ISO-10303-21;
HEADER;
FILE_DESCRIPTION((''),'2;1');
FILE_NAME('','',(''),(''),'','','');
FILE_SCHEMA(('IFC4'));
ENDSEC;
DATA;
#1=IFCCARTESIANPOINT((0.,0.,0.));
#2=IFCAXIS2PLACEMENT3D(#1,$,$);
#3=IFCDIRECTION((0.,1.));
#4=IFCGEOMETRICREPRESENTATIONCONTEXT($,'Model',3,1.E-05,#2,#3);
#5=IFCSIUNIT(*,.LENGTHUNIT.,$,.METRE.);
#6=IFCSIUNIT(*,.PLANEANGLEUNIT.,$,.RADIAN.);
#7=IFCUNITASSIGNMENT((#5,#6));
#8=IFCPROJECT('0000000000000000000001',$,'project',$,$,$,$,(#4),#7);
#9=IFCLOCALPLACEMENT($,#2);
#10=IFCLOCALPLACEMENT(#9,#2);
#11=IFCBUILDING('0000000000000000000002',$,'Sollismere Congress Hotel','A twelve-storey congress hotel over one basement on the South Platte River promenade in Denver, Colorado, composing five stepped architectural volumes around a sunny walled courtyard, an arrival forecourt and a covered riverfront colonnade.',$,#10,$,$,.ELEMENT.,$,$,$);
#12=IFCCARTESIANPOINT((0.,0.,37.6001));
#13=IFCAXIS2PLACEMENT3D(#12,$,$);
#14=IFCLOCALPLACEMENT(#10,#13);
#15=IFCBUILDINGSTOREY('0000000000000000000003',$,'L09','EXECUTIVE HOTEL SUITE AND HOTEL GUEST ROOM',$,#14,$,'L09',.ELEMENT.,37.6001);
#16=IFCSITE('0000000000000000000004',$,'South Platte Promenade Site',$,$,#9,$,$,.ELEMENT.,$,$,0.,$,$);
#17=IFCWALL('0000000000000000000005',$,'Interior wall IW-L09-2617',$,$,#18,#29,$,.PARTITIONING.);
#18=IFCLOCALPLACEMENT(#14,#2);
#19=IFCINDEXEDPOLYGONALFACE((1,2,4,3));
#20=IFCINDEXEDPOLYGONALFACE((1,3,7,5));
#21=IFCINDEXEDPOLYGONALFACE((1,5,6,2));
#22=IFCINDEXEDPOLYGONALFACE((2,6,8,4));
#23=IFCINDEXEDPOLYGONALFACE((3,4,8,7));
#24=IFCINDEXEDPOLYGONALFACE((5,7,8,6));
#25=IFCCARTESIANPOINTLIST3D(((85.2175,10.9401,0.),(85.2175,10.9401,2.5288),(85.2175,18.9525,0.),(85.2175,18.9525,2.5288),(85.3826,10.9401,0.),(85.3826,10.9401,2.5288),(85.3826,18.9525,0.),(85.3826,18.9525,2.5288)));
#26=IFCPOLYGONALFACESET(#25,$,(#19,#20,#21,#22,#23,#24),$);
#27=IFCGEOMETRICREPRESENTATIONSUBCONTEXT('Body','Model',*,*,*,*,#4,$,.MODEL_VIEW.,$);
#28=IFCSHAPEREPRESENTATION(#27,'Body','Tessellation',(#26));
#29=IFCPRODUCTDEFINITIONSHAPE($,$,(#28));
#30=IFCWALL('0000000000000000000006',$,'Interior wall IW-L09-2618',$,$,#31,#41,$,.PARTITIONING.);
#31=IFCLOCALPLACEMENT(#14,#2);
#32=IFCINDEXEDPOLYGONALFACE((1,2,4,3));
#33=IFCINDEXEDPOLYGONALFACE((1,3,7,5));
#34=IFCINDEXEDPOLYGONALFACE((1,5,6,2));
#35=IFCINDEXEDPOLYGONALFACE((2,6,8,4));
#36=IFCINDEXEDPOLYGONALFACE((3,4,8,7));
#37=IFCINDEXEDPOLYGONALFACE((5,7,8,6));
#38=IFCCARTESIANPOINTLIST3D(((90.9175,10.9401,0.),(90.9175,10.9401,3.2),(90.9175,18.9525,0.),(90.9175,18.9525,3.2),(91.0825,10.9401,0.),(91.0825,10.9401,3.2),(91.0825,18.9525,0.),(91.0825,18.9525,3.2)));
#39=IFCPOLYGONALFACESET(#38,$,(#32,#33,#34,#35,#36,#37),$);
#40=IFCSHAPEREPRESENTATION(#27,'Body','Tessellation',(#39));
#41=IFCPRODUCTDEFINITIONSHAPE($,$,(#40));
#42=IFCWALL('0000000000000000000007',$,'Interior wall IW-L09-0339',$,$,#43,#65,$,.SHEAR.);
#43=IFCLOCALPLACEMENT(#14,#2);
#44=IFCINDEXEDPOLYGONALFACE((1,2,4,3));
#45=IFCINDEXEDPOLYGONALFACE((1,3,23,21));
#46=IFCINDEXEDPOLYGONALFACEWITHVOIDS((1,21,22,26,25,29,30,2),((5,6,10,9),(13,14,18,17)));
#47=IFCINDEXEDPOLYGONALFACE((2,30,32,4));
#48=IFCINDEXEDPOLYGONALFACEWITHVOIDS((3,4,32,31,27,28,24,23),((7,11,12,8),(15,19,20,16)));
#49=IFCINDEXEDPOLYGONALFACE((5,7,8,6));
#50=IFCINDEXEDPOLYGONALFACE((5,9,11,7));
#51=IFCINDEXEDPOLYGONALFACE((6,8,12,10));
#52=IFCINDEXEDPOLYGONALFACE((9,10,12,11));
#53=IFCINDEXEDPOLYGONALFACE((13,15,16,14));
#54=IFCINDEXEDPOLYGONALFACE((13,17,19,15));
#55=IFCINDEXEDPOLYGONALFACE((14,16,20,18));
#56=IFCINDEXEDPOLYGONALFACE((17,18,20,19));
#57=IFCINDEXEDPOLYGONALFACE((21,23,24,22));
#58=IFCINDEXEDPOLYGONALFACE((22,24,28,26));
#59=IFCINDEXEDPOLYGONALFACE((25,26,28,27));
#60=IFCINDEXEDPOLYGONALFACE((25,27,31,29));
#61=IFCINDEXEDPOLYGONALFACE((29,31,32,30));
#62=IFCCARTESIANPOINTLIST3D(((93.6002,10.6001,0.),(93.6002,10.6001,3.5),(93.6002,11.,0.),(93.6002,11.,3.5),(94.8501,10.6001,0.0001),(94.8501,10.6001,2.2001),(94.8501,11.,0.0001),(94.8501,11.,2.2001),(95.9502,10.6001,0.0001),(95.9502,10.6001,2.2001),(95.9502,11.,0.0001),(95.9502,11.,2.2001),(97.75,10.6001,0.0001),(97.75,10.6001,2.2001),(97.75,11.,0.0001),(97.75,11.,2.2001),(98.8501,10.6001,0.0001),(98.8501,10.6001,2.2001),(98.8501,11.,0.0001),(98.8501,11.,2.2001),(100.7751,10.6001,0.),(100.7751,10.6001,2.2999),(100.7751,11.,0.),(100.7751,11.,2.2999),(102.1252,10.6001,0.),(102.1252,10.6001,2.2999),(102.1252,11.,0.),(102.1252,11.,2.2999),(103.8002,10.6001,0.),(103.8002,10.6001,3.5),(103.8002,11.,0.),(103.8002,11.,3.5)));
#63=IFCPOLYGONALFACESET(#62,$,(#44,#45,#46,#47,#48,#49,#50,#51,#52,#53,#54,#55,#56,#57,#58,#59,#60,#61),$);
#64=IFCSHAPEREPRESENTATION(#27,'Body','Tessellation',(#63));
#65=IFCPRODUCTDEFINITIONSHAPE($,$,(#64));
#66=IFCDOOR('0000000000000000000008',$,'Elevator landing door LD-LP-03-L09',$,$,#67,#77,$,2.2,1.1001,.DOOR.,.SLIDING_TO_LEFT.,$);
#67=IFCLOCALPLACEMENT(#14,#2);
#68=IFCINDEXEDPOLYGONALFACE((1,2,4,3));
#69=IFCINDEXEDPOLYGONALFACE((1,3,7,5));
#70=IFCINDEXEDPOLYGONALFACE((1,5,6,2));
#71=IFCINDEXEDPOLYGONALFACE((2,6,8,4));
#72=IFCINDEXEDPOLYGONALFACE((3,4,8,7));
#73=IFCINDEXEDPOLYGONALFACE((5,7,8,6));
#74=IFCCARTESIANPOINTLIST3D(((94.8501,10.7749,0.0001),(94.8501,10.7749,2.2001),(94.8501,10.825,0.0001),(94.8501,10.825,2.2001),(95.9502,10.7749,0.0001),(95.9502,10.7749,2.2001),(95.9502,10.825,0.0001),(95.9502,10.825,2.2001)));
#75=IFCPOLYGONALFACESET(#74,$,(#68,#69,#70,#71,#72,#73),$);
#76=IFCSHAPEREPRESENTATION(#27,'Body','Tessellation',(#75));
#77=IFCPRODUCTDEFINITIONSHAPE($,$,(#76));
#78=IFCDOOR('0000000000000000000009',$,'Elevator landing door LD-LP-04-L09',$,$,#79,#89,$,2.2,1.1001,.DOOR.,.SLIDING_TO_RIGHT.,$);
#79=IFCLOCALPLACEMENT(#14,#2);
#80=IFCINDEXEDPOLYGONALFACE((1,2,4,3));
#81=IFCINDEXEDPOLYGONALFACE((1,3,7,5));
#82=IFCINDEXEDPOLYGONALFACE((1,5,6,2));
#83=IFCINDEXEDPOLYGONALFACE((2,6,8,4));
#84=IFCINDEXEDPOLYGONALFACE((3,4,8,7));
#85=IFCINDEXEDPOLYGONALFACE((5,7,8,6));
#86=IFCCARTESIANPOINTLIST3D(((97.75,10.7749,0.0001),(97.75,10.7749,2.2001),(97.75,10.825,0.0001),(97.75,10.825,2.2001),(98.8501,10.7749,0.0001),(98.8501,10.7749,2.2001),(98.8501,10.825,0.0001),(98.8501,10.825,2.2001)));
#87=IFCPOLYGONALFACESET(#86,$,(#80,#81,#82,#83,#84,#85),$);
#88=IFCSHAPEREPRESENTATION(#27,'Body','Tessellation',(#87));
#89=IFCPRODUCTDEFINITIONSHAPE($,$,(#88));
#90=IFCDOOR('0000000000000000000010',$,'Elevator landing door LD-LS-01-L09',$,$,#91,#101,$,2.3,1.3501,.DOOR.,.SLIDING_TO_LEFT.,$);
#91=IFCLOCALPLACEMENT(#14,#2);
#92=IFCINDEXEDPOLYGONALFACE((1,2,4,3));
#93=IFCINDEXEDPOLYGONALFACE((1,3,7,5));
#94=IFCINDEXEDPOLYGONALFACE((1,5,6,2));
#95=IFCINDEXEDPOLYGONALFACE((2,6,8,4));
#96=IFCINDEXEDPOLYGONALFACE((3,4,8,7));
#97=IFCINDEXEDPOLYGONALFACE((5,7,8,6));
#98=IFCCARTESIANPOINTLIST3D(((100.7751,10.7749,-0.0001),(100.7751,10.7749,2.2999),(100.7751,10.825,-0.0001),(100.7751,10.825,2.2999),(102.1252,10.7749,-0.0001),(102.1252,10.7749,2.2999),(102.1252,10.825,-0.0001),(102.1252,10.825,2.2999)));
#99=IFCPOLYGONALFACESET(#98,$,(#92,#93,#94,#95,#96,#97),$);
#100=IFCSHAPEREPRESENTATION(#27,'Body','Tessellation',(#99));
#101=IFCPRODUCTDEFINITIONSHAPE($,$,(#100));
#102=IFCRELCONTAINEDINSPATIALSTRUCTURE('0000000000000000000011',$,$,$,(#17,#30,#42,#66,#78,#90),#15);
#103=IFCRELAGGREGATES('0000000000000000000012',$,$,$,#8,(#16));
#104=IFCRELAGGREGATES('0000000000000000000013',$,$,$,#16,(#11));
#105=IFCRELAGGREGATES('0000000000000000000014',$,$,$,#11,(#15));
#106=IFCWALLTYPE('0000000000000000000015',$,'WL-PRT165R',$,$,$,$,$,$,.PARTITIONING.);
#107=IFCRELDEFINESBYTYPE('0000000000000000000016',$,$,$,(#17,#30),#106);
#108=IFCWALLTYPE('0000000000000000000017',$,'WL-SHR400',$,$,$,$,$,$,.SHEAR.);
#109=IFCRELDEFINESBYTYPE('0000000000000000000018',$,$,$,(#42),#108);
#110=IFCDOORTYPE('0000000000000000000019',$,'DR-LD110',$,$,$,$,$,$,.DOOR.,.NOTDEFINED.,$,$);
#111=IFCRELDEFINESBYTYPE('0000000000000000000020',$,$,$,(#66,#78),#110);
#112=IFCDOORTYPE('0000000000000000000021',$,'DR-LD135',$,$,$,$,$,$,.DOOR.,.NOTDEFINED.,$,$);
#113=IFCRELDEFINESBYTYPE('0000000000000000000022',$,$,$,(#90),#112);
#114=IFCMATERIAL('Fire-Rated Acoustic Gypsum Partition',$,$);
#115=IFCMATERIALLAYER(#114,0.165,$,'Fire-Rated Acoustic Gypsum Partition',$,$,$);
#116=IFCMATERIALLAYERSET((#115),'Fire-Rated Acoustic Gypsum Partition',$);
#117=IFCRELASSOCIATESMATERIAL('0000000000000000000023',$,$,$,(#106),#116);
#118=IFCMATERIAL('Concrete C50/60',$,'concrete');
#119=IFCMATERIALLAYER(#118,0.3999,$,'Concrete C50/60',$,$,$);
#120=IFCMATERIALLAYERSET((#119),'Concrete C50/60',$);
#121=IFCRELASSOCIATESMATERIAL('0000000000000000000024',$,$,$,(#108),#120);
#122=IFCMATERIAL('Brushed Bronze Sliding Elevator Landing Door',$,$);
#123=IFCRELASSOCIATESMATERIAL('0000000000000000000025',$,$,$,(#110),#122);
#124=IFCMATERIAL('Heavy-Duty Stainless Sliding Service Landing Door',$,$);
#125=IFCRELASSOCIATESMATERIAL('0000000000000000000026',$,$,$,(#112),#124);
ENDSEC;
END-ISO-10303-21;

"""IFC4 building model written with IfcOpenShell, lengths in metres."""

from ifc_helpers import new_model, si_unit, direction, frame, frame_2d, origin, place, context, subcontext, project, spatial, rectangle, extrude, material, layer, layer_set, type_object, element, fill, save


model = new_model("IFC4")

# Units and contexts
model_context = context("Model", 3, precision=1e-05, world=origin(), true_north=direction((0.0, 1.0)))
body_context = subcontext(model_context, "Body", "Model", "MODEL_VIEW")
ifc_project = project(units=[si_unit("LENGTHUNIT", "METRE"), si_unit("PLANEANGLEUNIT", "RADIAN")], contexts=[model_context])

# Site, building, storey
site_placement = place(None, origin())
site = spatial("IfcSite", under=ifc_project, at=site_placement, Name="South Platte Promenade Site", CompositionType="ELEMENT", RefElevation=0.0)
building_placement = place(site_placement, origin())
building = spatial("IfcBuilding", under=site, at=building_placement, Name="Sollismere Congress Hotel", Description="A twelve-storey congress hotel over one basement on the South Platte River promenade in Denver, Colorado, composing five stepped architectural volumes around a sunny walled courtyard, an arrival forecourt and a covered riverfront colonnade.", CompositionType="ELEMENT")
storey_placement = place(building_placement, frame((0.0, 0.0, 37.6001)))
storey = spatial("IfcBuildingStorey", under=building, at=storey_placement, Name="L09", Description="EXECUTIVE HOTEL SUITE AND HOTEL GUEST ROOM", LongName="L09", CompositionType="ELEMENT", Elevation=37.6001)

# Walls
ifc_material_1 = material(Name="Fire-Rated Acoustic Gypsum Partition")
ifc_layer_1 = layer(ifc_material_1, 0.165, Name="Fire-Rated Acoustic Gypsum Partition")
ifc_layer_set_1 = layer_set([ifc_layer_1], Name="Fire-Rated Acoustic Gypsum Partition")
wall_type_1 = type_object("IfcWallType", Name="WL-PRT165R", PredefinedType="PARTITIONING", material=ifc_layer_set_1)
wall_1_placement = place(storey_placement, frame((85.3, 10.9399, 0.0), z_axis=(0.0, 0.0, 1.0), x_axis=(0.0, 1.0, 0.0)))
element("IfcWall", 1, at=wall_1_placement, inside=storey, type_object=wall_type_1, Name="Interior wall IW-L09-2617", PredefinedType="PARTITIONING", context=body_context, shape_type="SweptSolid", body=[
    extrude(rectangle(XDim=8.0125, YDim=0.165, at=frame_2d((4.0063, 0.0))), origin(), (0.0, 0.0, 1.0), 2.5288),
])
wall_2_placement = place(storey_placement, frame((91.0, 10.9399, 0.0), z_axis=(0.0, 0.0, 1.0), x_axis=(0.0, 1.0, 0.0)))
element("IfcWall", 2, at=wall_2_placement, inside=storey, type_object=wall_type_1, Name="Interior wall IW-L09-2618", PredefinedType="PARTITIONING", context=body_context, shape_type="SweptSolid", body=[
    extrude(rectangle(XDim=8.0125, YDim=0.165, at=frame_2d((4.0063, 0.0))), origin(), (0.0, 0.0, 1.0), 3.2),
])

# Wall, openings, doors
ifc_material_2 = material(Name="Concrete C50/60", Category="concrete")
ifc_layer_2 = layer(ifc_material_2, 0.3999, Name="Concrete C50/60")
ifc_layer_set_2 = layer_set([ifc_layer_2], Name="Concrete C50/60")
wall_type_2 = type_object("IfcWallType", Name="WL-SHR400", PredefinedType="SHEAR", material=ifc_layer_set_2)
wall_3_placement = place(storey_placement, frame((93.6001, 10.8, 0.0), z_axis=(0.0, 0.0, 1.0), x_axis=(1.0, 0.0, 0.0)))
wall_3 = element("IfcWall", 3, at=wall_3_placement, inside=storey, type_object=wall_type_2, Name="Interior wall IW-L09-0339", PredefinedType="SHEAR", context=body_context, shape_type="SweptSolid", body=[
    extrude(rectangle(XDim=10.2, YDim=0.3999, at=frame_2d((5.1001, 0.0))), origin(), (0.0, 0.0, 1.0), 3.5),
])
opening_1_placement = place(wall_3_placement, frame((1.25, 0.0, 0.0)))
opening_1 = element("IfcOpeningElement", 4, at=opening_1_placement, cuts=wall_3, PredefinedType="OPENING", context=body_context, shape_type="SweptSolid", body=[
    extrude(rectangle(XDim=1.1001, YDim=2.2, at=frame_2d((0.55, 1.1001))), frame((0.0, 0.21, 0.0), z_axis=(0.0, -1.0, 0.0), x_axis=(1.0, 0.0, 0.0)), (0.0, 0.0, 1.0), 0.4199),
])
opening_2_placement = place(wall_3_placement, frame((4.1499, 0.0, 0.0)))
opening_2 = element("IfcOpeningElement", 5, at=opening_2_placement, cuts=wall_3, PredefinedType="OPENING", context=body_context, shape_type="SweptSolid", body=[
    extrude(rectangle(XDim=1.1001, YDim=2.2, at=frame_2d((0.55, 1.1001))), frame((0.0, 0.21, 0.0), z_axis=(0.0, -1.0, 0.0), x_axis=(1.0, 0.0, 0.0)), (0.0, 0.0, 1.0), 0.4199),
])
opening_3_placement = place(wall_3_placement, frame((7.175, 0.0, 0.0)))
opening_3 = element("IfcOpeningElement", 6, at=opening_3_placement, cuts=wall_3, PredefinedType="OPENING", context=body_context, shape_type="SweptSolid", body=[
    extrude(rectangle(XDim=1.3501, YDim=2.3, at=frame_2d((0.675, 1.1499))), frame((0.0, 0.21, 0.0), z_axis=(0.0, -1.0, 0.0), x_axis=(1.0, 0.0, 0.0)), (0.0, 0.0, 1.0), 0.4199),
])
ifc_material_3 = material(Name="Brushed Bronze Sliding Elevator Landing Door")
door_type_1 = type_object("IfcDoorType", Name="DR-LD110", OperationType="NOTDEFINED", PredefinedType="DOOR", material=ifc_material_3)
door_1_placement = place(opening_1_placement, origin())
door_1 = element("IfcDoor", 7, at=door_1_placement, inside=storey, type_object=door_type_1, Name="Elevator landing door LD-LP-03-L09", OperationType="SLIDING_TO_LEFT", OverallHeight=2.2, OverallWidth=1.1001, PredefinedType="DOOR", context=body_context, shape_type="SweptSolid", body=[
    extrude(rectangle(XDim=1.1001, YDim=2.2, at=frame_2d((0.55, 1.1001))), frame((0.0, 0.0249, 0.0), z_axis=(0.0, -1.0, 0.0), x_axis=(1.0, 0.0, 0.0)), (0.0, 0.0, 1.0), 0.05),
])
fill(opening_1, door_1)
door_2_placement = place(opening_2_placement, origin())
door_2 = element("IfcDoor", 8, at=door_2_placement, inside=storey, type_object=door_type_1, Name="Elevator landing door LD-LP-04-L09", OperationType="SLIDING_TO_RIGHT", OverallHeight=2.2, OverallWidth=1.1001, PredefinedType="DOOR", context=body_context, shape_type="SweptSolid", body=[
    extrude(rectangle(XDim=1.1001, YDim=2.2, at=frame_2d((0.55, 1.1001))), frame((0.0, 0.0249, 0.0), z_axis=(0.0, -1.0, 0.0), x_axis=(1.0, 0.0, 0.0)), (0.0, 0.0, 1.0), 0.05),
])
fill(opening_2, door_2)
ifc_material_4 = material(Name="Heavy-Duty Stainless Sliding Service Landing Door")
door_type_2 = type_object("IfcDoorType", Name="DR-LD135", OperationType="NOTDEFINED", PredefinedType="DOOR", material=ifc_material_4)
door_3_placement = place(opening_3_placement, origin())
door_3 = element("IfcDoor", 9, at=door_3_placement, inside=storey, type_object=door_type_2, Name="Elevator landing door LD-LS-01-L09", OperationType="SLIDING_TO_LEFT", OverallHeight=2.3, OverallWidth=1.3501, PredefinedType="DOOR", context=body_context, shape_type="SweptSolid", body=[
    extrude(rectangle(XDim=1.3501, YDim=2.3, at=frame_2d((0.675, 1.1499))), frame((0.0, 0.0249, 0.0), z_axis=(0.0, -1.0, 0.0), x_axis=(1.0, 0.0, 0.0)), (0.0, 0.0, 1.0), 0.05),
])
fill(opening_3, door_3)

save(model, "model.ifc")
